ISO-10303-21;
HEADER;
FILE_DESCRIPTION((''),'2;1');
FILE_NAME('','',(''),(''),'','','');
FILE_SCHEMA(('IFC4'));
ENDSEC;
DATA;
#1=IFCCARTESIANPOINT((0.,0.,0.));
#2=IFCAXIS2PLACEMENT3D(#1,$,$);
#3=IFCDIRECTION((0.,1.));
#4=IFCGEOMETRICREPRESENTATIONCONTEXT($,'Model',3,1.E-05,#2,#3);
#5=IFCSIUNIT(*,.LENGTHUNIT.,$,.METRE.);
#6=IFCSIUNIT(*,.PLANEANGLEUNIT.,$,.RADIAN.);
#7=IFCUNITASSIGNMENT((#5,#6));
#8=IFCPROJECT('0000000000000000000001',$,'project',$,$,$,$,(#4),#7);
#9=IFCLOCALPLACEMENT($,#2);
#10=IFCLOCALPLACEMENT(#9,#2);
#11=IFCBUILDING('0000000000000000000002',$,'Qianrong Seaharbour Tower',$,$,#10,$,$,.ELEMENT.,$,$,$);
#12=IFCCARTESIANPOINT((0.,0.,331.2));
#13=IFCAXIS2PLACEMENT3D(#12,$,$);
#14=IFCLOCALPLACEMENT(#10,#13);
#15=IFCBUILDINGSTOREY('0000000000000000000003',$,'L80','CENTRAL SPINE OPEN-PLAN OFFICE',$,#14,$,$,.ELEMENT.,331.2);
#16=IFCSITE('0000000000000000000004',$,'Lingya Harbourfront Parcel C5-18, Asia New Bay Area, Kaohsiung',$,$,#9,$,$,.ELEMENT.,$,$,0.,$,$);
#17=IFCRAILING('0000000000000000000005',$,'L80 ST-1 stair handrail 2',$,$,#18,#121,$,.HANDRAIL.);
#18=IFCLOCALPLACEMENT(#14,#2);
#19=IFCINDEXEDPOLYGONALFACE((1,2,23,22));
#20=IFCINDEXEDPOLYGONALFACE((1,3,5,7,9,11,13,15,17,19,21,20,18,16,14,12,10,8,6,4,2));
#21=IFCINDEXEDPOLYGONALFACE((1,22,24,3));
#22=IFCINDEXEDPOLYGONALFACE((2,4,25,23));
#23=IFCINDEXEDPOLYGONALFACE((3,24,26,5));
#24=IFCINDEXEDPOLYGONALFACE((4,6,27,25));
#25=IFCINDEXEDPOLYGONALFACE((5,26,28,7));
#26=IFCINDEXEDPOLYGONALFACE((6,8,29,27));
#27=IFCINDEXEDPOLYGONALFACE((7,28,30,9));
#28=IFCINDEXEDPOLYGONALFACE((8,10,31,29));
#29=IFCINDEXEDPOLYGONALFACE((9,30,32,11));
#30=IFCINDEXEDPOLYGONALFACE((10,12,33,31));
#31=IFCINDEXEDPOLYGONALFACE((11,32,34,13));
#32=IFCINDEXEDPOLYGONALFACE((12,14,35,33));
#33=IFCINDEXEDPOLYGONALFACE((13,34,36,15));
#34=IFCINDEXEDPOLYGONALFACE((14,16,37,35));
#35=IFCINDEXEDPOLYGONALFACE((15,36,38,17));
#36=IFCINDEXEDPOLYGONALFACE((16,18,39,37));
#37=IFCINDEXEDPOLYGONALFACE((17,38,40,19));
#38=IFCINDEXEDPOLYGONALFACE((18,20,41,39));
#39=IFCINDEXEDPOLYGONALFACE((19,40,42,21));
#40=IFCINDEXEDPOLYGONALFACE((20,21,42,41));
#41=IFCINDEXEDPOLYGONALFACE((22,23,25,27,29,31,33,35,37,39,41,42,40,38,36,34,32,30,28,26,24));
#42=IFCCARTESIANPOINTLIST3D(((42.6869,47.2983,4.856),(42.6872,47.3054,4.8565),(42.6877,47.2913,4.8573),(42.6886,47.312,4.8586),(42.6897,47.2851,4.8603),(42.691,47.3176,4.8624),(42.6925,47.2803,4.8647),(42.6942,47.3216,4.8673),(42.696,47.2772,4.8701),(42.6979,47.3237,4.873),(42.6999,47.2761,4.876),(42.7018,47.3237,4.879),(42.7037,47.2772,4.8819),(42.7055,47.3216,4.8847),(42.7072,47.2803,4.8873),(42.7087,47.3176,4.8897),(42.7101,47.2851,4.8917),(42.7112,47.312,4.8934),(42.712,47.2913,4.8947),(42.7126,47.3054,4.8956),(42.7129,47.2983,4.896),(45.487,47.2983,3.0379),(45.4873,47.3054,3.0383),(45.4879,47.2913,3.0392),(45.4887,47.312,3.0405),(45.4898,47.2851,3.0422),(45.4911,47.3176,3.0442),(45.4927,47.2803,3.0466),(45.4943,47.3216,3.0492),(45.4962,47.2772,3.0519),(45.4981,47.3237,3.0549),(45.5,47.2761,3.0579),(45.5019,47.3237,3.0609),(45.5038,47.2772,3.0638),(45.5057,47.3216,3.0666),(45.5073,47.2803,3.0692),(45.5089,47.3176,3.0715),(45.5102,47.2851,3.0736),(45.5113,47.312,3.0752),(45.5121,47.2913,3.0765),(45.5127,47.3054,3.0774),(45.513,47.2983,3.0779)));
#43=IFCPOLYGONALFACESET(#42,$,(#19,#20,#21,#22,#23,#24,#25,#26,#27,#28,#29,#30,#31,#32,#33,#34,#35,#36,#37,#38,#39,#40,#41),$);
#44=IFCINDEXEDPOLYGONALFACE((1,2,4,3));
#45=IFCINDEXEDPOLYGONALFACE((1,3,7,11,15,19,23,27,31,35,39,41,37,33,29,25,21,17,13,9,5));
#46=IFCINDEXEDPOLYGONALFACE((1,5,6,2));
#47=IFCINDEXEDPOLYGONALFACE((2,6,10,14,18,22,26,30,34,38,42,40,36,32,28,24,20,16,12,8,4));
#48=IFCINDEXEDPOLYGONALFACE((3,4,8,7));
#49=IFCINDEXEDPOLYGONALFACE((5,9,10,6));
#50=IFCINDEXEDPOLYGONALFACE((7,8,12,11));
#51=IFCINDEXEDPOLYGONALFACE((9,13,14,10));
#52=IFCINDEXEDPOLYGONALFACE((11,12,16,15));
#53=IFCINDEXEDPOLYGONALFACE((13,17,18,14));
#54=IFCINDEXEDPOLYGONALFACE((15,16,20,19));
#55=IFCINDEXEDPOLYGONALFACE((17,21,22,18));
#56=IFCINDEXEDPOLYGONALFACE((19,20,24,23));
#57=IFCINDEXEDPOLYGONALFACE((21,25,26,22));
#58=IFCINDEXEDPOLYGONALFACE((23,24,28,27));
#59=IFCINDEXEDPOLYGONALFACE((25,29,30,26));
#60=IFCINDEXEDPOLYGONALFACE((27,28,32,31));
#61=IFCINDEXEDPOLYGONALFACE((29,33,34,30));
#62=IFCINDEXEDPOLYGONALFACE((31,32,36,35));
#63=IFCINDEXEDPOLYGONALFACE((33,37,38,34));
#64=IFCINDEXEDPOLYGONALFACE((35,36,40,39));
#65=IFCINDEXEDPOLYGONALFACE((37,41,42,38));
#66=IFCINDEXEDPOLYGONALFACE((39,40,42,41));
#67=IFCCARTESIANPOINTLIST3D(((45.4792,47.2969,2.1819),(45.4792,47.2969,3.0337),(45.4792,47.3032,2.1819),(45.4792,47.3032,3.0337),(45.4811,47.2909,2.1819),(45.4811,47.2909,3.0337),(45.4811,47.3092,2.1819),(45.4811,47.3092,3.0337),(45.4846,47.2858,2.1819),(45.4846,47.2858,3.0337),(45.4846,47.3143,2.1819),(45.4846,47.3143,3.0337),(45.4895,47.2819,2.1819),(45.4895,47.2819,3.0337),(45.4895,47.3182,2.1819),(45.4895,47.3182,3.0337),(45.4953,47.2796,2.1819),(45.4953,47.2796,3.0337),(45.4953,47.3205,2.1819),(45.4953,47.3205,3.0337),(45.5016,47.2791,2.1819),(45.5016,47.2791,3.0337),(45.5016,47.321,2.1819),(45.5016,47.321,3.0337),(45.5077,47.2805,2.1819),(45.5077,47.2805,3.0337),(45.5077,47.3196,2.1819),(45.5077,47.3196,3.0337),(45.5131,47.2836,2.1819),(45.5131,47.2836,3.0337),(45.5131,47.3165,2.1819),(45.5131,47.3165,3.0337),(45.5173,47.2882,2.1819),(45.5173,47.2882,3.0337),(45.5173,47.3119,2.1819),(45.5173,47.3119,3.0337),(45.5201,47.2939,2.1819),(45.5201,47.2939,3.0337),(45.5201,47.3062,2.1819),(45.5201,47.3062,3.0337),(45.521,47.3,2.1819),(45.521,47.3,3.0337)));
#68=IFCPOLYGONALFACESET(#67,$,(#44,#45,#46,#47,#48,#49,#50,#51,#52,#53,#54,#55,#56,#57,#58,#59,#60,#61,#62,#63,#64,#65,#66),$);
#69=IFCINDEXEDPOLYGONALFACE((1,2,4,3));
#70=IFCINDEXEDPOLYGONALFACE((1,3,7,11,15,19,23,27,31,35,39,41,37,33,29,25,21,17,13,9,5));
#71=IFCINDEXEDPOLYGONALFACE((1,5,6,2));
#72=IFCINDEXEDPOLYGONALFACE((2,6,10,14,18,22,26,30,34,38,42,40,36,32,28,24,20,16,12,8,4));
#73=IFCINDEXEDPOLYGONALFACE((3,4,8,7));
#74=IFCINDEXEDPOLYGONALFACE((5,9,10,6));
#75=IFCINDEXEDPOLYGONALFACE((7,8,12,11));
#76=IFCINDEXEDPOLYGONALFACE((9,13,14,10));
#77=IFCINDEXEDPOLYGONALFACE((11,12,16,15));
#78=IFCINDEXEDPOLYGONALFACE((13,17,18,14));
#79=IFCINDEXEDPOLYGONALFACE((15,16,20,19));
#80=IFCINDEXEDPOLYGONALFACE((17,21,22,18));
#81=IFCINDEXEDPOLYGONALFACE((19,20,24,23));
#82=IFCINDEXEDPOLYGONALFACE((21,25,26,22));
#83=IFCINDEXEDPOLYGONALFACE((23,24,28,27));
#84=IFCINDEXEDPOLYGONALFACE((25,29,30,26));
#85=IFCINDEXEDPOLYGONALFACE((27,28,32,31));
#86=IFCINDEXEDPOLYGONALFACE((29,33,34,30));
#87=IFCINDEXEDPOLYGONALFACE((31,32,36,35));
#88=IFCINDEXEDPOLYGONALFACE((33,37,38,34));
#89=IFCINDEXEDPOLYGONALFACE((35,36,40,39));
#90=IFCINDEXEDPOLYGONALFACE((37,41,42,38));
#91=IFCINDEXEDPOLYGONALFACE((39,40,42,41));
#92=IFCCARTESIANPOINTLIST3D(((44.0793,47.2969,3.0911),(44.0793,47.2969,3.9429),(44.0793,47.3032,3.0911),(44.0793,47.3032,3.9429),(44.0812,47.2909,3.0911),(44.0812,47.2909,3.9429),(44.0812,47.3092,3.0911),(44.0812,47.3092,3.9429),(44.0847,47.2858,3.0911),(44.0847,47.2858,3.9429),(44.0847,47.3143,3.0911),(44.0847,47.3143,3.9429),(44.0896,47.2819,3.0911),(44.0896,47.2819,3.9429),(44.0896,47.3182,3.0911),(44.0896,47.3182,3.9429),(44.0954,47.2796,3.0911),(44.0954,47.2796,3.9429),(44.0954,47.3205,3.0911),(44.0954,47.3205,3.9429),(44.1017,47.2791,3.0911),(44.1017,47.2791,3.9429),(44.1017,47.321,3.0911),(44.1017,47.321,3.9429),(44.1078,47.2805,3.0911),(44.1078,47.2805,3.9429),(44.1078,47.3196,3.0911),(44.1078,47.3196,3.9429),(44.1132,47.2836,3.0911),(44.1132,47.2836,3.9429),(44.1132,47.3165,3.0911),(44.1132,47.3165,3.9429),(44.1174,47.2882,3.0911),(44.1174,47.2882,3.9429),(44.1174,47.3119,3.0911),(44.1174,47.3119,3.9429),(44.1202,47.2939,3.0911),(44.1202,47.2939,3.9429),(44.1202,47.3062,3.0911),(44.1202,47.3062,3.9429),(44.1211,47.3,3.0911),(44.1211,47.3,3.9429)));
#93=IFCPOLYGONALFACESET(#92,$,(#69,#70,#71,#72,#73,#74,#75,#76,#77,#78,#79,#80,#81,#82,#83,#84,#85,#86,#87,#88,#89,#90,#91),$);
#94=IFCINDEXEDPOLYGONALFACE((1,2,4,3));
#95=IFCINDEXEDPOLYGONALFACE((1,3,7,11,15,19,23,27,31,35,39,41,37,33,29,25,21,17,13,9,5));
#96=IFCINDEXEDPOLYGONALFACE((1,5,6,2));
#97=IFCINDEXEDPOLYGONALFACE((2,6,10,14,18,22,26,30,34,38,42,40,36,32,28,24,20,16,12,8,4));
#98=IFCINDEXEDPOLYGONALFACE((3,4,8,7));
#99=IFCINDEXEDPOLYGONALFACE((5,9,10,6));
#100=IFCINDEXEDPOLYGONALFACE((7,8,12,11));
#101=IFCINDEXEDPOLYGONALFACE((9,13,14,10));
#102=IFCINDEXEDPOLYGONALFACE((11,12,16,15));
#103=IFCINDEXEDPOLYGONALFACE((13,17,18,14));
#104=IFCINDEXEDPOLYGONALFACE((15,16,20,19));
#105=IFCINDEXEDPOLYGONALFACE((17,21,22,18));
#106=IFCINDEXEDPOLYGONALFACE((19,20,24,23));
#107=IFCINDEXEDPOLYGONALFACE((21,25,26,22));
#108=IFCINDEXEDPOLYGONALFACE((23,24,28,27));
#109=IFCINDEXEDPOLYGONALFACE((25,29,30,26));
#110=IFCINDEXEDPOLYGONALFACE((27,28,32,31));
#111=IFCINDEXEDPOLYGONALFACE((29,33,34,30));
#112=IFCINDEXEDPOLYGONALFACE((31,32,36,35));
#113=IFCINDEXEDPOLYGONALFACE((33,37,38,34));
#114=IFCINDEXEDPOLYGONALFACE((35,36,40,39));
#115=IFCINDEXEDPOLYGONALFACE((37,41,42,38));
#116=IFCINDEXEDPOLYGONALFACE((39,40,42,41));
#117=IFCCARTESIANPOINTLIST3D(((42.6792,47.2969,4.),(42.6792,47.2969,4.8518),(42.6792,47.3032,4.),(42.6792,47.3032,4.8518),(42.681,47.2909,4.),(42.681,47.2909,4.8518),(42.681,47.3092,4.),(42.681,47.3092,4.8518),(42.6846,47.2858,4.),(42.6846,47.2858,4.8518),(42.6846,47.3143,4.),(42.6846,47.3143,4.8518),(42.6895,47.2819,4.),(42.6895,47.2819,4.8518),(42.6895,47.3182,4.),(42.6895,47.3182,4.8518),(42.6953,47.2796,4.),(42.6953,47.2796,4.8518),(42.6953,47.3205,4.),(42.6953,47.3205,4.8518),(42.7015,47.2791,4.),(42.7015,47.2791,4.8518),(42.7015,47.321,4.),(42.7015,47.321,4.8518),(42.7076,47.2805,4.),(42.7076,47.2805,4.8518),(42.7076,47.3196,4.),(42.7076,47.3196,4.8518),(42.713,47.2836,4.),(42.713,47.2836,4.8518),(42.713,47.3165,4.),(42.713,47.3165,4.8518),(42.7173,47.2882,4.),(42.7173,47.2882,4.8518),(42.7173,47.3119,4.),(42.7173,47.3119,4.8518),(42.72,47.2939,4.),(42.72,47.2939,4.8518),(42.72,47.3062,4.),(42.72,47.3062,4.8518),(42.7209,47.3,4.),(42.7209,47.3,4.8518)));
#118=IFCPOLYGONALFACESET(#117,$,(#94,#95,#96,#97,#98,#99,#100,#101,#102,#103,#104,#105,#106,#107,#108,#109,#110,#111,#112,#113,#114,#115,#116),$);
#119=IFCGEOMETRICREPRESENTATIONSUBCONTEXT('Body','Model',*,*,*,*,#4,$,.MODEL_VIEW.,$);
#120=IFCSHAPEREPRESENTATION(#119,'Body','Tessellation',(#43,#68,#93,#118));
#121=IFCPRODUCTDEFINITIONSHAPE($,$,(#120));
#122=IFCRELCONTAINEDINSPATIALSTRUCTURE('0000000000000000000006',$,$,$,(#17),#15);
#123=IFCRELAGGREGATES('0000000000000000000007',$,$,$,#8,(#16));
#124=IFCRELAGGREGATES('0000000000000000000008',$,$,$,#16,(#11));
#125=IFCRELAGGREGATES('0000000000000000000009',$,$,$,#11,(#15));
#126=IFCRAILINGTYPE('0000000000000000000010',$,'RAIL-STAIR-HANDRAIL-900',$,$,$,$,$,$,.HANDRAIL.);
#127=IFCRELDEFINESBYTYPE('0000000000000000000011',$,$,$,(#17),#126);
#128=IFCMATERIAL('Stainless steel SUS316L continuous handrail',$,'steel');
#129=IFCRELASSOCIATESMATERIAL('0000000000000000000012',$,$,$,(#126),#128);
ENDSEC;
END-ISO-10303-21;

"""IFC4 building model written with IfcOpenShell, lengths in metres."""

from ifc_helpers import new_model, si_unit, direction, frame, origin, origin_2d, place, context, subcontext, project, spatial, circle, extrude, material, type_object, element, save


model = new_model("IFC4")

# Units and contexts
model_context = context("Model", 3, precision=1e-05, world=origin(), true_north=direction((0.0, 1.0)))
body_context = subcontext(model_context, "Body", "Model", "MODEL_VIEW")
ifc_project = project(units=[si_unit("LENGTHUNIT", "METRE"), si_unit("PLANEANGLEUNIT", "RADIAN")], contexts=[model_context])

# Site, building, storey
site_placement = place(None, origin())
site = spatial("IfcSite", under=ifc_project, at=site_placement, Name="Lingya Harbourfront Parcel C5-18, Asia New Bay Area, Kaohsiung", CompositionType="ELEMENT", RefElevation=0.0)
building_placement = place(site_placement, origin())
building = spatial("IfcBuilding", under=site, at=building_placement, Name="Qianrong Seaharbour Tower", CompositionType="ELEMENT")
storey_placement = place(building_placement, frame((0.0, 0.0, 331.2)))
storey = spatial("IfcBuildingStorey", under=building, at=storey_placement, Name="L80", Description="CENTRAL SPINE OPEN-PLAN OFFICE", CompositionType="ELEMENT", Elevation=331.2)

# Railing
ifc_material_1 = material(Name="Stainless steel SUS316L continuous handrail", Category="steel")
railing_type_1 = type_object("IfcRailingType", Name="RAIL-STAIR-HANDRAIL-900", PredefinedType="HANDRAIL", material=ifc_material_1)
railing_1_placement = place(storey_placement, frame((45.5, 47.3, 2.1819)))
element("IfcRailing", 1, at=railing_1_placement, inside=storey, type_object=railing_type_1, Name="L80 ST-1 stair handrail 2", PredefinedType="HANDRAIL", context=body_context, shape_type="SweptSolid", body=[
    extrude(circle(Radius=0.0239, at=origin_2d()), frame((0.0, 0.0, 0.876), z_axis=(-0.838706, 0.0, 0.544585), x_axis=(0.0, -1.0, 0.0)), (0.0, 0.0, 1.0), 3.3386),
    extrude(circle(Radius=0.021, at=origin_2d()), origin(), (0.0, 0.0, 1.0), 0.8518),
    extrude(circle(Radius=0.021, at=origin_2d()), frame((-1.3999, 0.0, 0.9092)), (0.0, 0.0, 1.0), 0.8518),
    extrude(circle(Radius=0.021, at=origin_2d()), frame((-2.8, 0.0, 1.8181)), (0.0, 0.0, 1.0), 0.8518),
])

save(model, "model.ifc")
